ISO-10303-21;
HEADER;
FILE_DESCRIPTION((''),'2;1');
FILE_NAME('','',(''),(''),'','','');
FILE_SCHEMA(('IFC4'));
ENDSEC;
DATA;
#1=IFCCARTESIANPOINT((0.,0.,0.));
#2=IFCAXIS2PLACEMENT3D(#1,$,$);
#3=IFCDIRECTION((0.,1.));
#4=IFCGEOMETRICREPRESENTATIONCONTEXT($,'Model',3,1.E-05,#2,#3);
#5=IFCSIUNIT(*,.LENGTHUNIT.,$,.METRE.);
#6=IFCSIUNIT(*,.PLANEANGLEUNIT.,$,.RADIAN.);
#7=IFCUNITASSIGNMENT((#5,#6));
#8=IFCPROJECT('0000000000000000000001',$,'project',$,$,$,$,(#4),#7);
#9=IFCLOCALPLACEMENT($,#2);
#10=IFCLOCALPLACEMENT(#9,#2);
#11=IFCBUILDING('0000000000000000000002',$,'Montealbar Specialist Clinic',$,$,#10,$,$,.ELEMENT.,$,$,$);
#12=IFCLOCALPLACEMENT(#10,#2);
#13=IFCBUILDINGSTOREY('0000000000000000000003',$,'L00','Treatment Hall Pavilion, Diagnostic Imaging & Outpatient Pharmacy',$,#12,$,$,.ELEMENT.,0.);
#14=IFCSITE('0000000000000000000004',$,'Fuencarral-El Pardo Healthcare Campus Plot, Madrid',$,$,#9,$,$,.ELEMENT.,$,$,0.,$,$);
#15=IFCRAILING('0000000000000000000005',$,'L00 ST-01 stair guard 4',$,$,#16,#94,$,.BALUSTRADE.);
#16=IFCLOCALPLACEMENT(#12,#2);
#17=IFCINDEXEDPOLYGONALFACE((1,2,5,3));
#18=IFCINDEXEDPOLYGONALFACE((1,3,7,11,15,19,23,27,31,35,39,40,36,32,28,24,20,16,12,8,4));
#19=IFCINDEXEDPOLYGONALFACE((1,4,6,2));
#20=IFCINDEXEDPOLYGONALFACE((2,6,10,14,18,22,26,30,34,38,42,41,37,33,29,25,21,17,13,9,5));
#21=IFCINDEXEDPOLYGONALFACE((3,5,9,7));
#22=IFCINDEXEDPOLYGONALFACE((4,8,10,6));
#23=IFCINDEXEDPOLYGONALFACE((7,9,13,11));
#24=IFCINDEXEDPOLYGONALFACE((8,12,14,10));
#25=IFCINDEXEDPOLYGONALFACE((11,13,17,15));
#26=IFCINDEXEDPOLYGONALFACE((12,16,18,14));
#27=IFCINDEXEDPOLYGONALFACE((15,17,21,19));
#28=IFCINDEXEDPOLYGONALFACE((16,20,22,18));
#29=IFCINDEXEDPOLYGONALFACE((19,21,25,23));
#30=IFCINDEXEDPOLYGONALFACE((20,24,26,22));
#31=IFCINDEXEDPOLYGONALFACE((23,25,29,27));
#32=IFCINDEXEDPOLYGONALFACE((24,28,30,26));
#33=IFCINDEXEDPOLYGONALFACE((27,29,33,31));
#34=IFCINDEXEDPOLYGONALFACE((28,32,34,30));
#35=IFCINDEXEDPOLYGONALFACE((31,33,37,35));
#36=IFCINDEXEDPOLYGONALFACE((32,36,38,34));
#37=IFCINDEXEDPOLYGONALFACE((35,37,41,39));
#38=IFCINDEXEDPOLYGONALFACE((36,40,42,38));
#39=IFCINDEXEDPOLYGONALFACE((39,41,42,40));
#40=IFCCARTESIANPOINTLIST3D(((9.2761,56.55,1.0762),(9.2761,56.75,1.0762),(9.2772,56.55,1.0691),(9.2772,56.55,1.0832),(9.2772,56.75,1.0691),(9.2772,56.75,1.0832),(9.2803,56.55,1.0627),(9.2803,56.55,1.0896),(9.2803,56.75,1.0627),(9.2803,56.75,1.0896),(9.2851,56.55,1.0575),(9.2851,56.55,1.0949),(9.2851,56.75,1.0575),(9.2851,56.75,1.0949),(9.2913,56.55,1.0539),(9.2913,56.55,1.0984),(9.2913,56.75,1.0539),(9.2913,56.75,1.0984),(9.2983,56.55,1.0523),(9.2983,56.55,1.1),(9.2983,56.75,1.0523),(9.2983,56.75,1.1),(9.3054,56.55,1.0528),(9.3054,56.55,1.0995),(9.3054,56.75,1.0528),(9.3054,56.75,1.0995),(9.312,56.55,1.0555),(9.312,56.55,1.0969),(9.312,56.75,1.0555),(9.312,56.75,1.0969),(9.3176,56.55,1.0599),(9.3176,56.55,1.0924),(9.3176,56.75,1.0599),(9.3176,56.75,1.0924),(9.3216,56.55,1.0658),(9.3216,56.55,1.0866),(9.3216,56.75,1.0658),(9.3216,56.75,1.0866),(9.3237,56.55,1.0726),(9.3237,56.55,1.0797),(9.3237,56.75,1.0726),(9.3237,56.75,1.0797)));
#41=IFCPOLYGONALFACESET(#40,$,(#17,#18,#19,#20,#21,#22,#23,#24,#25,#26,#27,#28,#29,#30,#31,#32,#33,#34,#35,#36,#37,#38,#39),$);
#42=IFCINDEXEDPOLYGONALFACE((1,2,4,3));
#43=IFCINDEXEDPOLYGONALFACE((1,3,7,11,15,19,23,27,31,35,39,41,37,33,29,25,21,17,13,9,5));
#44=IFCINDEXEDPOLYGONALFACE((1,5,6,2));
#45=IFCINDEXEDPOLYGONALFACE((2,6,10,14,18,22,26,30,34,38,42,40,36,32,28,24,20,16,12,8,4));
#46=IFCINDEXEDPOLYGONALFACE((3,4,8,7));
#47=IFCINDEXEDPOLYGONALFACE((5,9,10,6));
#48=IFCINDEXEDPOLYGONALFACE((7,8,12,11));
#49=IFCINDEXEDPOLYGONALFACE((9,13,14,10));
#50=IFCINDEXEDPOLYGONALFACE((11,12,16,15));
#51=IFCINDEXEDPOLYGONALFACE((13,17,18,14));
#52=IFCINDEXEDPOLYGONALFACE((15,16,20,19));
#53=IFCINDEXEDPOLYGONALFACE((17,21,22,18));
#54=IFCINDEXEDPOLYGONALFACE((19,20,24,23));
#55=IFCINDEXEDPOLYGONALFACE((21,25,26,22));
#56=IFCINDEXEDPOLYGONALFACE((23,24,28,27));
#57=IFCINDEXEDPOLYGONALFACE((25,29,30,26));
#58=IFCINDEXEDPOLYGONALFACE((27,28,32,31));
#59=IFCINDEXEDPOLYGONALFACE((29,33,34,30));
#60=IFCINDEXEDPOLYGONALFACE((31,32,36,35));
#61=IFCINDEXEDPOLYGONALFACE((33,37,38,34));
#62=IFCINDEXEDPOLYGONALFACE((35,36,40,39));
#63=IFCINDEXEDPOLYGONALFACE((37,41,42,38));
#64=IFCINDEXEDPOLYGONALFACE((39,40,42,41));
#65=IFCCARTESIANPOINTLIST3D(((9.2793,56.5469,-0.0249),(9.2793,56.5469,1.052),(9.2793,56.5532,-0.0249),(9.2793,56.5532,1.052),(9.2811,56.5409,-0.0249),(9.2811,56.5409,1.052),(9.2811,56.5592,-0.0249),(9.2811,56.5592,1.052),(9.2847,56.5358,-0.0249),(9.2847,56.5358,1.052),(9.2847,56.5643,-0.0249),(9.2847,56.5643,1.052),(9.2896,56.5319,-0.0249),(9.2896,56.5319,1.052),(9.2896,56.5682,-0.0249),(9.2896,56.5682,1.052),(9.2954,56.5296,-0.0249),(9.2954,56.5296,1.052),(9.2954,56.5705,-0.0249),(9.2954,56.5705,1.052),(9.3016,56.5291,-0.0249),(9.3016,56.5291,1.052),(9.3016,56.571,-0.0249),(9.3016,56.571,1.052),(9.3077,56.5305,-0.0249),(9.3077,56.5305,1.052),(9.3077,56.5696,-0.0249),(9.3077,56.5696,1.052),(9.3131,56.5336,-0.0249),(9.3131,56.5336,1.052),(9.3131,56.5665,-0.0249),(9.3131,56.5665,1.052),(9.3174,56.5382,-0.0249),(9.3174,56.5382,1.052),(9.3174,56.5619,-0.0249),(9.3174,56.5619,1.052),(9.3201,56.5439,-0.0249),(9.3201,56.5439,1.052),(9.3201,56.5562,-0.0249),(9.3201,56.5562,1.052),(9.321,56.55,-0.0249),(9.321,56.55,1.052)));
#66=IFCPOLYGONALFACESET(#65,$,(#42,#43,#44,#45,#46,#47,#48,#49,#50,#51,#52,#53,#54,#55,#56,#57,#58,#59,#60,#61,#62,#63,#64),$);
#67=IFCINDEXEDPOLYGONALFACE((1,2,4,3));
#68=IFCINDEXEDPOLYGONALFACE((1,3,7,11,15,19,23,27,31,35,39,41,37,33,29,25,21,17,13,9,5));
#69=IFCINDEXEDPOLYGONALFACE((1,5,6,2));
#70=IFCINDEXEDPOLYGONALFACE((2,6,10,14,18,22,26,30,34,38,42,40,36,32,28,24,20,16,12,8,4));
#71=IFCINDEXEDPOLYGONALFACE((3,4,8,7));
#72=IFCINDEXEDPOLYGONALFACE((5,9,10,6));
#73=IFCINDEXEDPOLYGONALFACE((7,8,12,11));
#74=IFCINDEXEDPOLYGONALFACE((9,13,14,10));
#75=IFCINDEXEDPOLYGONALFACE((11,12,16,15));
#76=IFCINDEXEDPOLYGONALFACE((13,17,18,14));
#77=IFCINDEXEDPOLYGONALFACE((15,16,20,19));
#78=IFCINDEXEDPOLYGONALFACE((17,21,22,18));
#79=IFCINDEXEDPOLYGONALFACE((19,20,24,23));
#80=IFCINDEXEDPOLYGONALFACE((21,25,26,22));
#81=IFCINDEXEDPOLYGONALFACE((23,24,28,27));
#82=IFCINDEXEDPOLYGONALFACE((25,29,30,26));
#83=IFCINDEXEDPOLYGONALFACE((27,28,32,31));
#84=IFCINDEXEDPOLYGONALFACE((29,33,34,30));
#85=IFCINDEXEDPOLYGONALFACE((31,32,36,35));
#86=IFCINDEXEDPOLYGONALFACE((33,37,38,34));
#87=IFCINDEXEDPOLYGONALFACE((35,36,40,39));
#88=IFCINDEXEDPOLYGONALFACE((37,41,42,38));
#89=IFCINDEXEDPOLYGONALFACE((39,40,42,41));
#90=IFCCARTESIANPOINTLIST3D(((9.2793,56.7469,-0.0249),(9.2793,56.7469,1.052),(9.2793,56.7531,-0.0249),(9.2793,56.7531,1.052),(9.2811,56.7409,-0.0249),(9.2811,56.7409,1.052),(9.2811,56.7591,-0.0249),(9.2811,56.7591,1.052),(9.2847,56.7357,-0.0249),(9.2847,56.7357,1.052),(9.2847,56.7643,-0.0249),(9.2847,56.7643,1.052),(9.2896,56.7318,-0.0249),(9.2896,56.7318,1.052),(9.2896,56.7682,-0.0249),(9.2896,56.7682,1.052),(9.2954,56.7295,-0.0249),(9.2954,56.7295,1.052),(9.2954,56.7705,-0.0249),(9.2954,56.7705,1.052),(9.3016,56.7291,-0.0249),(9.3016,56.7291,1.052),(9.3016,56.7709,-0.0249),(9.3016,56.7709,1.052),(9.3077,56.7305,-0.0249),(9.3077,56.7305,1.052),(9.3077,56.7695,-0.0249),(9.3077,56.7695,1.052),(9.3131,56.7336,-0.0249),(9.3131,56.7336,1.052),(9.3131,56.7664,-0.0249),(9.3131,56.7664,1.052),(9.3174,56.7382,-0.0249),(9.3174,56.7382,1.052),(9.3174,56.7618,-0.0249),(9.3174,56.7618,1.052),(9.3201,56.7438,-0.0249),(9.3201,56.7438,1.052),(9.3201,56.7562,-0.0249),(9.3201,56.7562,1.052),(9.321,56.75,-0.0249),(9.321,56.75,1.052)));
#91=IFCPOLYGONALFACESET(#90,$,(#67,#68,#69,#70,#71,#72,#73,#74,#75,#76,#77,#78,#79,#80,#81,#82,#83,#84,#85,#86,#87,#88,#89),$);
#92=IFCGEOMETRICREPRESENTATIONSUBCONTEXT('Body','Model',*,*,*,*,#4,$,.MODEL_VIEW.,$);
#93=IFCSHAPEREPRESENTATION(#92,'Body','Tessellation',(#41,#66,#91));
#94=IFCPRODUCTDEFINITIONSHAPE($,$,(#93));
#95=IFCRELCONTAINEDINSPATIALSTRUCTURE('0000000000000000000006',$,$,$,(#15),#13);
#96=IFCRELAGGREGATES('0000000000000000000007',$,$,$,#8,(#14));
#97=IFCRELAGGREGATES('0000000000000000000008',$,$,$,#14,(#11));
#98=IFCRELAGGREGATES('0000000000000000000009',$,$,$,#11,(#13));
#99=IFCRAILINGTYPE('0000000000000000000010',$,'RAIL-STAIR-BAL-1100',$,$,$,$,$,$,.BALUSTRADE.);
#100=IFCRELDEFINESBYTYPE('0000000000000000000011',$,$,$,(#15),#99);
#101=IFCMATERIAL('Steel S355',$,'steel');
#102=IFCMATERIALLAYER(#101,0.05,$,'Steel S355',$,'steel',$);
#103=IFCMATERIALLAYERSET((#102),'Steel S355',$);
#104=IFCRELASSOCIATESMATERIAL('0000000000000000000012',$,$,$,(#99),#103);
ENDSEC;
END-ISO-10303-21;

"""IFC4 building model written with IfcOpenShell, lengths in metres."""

from ifc_helpers import new_model, si_unit, direction, frame, origin, origin_2d, place, context, subcontext, project, spatial, circle, extrude, material, layer, layer_set, type_object, element, save


model = new_model("IFC4")

# Units and contexts
model_context = context("Model", 3, precision=1e-05, world=origin(), true_north=direction((0.0, 1.0)))
body_context = subcontext(model_context, "Body", "Model", "MODEL_VIEW")
ifc_project = project(units=[si_unit("LENGTHUNIT", "METRE"), si_unit("PLANEANGLEUNIT", "RADIAN")], contexts=[model_context])

# Site, building, storey
site_placement = place(None, origin())
site = spatial("IfcSite", under=ifc_project, at=site_placement, Name="Fuencarral-El Pardo Healthcare Campus Plot, Madrid", CompositionType="ELEMENT", RefElevation=0.0)
building_placement = place(site_placement, origin())
building = spatial("IfcBuilding", under=site, at=building_placement, Name="Montealbar Specialist Clinic", CompositionType="ELEMENT")
storey_placement = place(building_placement, origin())
storey = spatial("IfcBuildingStorey", under=building, at=storey_placement, Name="L00", Description="Treatment Hall Pavilion, Diagnostic Imaging & Outpatient Pharmacy", CompositionType="ELEMENT", Elevation=0.0)

# Shared definitions
ifc_material_1 = material(Name="Steel S355", Category="steel")

# Railing
ifc_layer_1 = layer(ifc_material_1, 0.05, Name="Steel S355", Category="steel")
ifc_layer_set_1 = layer_set([ifc_layer_1], Name="Steel S355")
railing_type_1 = type_object("IfcRailingType", Name="RAIL-STAIR-BAL-1100", PredefinedType="BALUSTRADE", material=ifc_layer_set_1)
railing_1_placement = place(storey_placement, frame((9.3, 56.55, 0.0)))
element("IfcRailing", 1, at=railing_1_placement, inside=storey, type_object=railing_type_1, Name="L00 ST-01 stair guard 4", PredefinedType="BALUSTRADE", context=body_context, shape_type="SweptSolid", body=[
    extrude(circle(Radius=0.0239, at=origin_2d()), frame((0.0, 0.0, 1.0762), z_axis=(0.0, 1.0, 0.0), x_axis=(-1.0, 0.0, 0.0)), (0.0, 0.0, 1.0), 0.2),
    extrude(circle(Radius=0.021, at=origin_2d()), frame((0.0, 0.0, -0.0249)), (0.0, 0.0, 1.0), 1.0769),
    extrude(circle(Radius=0.021, at=origin_2d()), frame((0.0, 0.2, -0.0249)), (0.0, 0.0, 1.0), 1.0769),
])

save(model, "model.ifc")
